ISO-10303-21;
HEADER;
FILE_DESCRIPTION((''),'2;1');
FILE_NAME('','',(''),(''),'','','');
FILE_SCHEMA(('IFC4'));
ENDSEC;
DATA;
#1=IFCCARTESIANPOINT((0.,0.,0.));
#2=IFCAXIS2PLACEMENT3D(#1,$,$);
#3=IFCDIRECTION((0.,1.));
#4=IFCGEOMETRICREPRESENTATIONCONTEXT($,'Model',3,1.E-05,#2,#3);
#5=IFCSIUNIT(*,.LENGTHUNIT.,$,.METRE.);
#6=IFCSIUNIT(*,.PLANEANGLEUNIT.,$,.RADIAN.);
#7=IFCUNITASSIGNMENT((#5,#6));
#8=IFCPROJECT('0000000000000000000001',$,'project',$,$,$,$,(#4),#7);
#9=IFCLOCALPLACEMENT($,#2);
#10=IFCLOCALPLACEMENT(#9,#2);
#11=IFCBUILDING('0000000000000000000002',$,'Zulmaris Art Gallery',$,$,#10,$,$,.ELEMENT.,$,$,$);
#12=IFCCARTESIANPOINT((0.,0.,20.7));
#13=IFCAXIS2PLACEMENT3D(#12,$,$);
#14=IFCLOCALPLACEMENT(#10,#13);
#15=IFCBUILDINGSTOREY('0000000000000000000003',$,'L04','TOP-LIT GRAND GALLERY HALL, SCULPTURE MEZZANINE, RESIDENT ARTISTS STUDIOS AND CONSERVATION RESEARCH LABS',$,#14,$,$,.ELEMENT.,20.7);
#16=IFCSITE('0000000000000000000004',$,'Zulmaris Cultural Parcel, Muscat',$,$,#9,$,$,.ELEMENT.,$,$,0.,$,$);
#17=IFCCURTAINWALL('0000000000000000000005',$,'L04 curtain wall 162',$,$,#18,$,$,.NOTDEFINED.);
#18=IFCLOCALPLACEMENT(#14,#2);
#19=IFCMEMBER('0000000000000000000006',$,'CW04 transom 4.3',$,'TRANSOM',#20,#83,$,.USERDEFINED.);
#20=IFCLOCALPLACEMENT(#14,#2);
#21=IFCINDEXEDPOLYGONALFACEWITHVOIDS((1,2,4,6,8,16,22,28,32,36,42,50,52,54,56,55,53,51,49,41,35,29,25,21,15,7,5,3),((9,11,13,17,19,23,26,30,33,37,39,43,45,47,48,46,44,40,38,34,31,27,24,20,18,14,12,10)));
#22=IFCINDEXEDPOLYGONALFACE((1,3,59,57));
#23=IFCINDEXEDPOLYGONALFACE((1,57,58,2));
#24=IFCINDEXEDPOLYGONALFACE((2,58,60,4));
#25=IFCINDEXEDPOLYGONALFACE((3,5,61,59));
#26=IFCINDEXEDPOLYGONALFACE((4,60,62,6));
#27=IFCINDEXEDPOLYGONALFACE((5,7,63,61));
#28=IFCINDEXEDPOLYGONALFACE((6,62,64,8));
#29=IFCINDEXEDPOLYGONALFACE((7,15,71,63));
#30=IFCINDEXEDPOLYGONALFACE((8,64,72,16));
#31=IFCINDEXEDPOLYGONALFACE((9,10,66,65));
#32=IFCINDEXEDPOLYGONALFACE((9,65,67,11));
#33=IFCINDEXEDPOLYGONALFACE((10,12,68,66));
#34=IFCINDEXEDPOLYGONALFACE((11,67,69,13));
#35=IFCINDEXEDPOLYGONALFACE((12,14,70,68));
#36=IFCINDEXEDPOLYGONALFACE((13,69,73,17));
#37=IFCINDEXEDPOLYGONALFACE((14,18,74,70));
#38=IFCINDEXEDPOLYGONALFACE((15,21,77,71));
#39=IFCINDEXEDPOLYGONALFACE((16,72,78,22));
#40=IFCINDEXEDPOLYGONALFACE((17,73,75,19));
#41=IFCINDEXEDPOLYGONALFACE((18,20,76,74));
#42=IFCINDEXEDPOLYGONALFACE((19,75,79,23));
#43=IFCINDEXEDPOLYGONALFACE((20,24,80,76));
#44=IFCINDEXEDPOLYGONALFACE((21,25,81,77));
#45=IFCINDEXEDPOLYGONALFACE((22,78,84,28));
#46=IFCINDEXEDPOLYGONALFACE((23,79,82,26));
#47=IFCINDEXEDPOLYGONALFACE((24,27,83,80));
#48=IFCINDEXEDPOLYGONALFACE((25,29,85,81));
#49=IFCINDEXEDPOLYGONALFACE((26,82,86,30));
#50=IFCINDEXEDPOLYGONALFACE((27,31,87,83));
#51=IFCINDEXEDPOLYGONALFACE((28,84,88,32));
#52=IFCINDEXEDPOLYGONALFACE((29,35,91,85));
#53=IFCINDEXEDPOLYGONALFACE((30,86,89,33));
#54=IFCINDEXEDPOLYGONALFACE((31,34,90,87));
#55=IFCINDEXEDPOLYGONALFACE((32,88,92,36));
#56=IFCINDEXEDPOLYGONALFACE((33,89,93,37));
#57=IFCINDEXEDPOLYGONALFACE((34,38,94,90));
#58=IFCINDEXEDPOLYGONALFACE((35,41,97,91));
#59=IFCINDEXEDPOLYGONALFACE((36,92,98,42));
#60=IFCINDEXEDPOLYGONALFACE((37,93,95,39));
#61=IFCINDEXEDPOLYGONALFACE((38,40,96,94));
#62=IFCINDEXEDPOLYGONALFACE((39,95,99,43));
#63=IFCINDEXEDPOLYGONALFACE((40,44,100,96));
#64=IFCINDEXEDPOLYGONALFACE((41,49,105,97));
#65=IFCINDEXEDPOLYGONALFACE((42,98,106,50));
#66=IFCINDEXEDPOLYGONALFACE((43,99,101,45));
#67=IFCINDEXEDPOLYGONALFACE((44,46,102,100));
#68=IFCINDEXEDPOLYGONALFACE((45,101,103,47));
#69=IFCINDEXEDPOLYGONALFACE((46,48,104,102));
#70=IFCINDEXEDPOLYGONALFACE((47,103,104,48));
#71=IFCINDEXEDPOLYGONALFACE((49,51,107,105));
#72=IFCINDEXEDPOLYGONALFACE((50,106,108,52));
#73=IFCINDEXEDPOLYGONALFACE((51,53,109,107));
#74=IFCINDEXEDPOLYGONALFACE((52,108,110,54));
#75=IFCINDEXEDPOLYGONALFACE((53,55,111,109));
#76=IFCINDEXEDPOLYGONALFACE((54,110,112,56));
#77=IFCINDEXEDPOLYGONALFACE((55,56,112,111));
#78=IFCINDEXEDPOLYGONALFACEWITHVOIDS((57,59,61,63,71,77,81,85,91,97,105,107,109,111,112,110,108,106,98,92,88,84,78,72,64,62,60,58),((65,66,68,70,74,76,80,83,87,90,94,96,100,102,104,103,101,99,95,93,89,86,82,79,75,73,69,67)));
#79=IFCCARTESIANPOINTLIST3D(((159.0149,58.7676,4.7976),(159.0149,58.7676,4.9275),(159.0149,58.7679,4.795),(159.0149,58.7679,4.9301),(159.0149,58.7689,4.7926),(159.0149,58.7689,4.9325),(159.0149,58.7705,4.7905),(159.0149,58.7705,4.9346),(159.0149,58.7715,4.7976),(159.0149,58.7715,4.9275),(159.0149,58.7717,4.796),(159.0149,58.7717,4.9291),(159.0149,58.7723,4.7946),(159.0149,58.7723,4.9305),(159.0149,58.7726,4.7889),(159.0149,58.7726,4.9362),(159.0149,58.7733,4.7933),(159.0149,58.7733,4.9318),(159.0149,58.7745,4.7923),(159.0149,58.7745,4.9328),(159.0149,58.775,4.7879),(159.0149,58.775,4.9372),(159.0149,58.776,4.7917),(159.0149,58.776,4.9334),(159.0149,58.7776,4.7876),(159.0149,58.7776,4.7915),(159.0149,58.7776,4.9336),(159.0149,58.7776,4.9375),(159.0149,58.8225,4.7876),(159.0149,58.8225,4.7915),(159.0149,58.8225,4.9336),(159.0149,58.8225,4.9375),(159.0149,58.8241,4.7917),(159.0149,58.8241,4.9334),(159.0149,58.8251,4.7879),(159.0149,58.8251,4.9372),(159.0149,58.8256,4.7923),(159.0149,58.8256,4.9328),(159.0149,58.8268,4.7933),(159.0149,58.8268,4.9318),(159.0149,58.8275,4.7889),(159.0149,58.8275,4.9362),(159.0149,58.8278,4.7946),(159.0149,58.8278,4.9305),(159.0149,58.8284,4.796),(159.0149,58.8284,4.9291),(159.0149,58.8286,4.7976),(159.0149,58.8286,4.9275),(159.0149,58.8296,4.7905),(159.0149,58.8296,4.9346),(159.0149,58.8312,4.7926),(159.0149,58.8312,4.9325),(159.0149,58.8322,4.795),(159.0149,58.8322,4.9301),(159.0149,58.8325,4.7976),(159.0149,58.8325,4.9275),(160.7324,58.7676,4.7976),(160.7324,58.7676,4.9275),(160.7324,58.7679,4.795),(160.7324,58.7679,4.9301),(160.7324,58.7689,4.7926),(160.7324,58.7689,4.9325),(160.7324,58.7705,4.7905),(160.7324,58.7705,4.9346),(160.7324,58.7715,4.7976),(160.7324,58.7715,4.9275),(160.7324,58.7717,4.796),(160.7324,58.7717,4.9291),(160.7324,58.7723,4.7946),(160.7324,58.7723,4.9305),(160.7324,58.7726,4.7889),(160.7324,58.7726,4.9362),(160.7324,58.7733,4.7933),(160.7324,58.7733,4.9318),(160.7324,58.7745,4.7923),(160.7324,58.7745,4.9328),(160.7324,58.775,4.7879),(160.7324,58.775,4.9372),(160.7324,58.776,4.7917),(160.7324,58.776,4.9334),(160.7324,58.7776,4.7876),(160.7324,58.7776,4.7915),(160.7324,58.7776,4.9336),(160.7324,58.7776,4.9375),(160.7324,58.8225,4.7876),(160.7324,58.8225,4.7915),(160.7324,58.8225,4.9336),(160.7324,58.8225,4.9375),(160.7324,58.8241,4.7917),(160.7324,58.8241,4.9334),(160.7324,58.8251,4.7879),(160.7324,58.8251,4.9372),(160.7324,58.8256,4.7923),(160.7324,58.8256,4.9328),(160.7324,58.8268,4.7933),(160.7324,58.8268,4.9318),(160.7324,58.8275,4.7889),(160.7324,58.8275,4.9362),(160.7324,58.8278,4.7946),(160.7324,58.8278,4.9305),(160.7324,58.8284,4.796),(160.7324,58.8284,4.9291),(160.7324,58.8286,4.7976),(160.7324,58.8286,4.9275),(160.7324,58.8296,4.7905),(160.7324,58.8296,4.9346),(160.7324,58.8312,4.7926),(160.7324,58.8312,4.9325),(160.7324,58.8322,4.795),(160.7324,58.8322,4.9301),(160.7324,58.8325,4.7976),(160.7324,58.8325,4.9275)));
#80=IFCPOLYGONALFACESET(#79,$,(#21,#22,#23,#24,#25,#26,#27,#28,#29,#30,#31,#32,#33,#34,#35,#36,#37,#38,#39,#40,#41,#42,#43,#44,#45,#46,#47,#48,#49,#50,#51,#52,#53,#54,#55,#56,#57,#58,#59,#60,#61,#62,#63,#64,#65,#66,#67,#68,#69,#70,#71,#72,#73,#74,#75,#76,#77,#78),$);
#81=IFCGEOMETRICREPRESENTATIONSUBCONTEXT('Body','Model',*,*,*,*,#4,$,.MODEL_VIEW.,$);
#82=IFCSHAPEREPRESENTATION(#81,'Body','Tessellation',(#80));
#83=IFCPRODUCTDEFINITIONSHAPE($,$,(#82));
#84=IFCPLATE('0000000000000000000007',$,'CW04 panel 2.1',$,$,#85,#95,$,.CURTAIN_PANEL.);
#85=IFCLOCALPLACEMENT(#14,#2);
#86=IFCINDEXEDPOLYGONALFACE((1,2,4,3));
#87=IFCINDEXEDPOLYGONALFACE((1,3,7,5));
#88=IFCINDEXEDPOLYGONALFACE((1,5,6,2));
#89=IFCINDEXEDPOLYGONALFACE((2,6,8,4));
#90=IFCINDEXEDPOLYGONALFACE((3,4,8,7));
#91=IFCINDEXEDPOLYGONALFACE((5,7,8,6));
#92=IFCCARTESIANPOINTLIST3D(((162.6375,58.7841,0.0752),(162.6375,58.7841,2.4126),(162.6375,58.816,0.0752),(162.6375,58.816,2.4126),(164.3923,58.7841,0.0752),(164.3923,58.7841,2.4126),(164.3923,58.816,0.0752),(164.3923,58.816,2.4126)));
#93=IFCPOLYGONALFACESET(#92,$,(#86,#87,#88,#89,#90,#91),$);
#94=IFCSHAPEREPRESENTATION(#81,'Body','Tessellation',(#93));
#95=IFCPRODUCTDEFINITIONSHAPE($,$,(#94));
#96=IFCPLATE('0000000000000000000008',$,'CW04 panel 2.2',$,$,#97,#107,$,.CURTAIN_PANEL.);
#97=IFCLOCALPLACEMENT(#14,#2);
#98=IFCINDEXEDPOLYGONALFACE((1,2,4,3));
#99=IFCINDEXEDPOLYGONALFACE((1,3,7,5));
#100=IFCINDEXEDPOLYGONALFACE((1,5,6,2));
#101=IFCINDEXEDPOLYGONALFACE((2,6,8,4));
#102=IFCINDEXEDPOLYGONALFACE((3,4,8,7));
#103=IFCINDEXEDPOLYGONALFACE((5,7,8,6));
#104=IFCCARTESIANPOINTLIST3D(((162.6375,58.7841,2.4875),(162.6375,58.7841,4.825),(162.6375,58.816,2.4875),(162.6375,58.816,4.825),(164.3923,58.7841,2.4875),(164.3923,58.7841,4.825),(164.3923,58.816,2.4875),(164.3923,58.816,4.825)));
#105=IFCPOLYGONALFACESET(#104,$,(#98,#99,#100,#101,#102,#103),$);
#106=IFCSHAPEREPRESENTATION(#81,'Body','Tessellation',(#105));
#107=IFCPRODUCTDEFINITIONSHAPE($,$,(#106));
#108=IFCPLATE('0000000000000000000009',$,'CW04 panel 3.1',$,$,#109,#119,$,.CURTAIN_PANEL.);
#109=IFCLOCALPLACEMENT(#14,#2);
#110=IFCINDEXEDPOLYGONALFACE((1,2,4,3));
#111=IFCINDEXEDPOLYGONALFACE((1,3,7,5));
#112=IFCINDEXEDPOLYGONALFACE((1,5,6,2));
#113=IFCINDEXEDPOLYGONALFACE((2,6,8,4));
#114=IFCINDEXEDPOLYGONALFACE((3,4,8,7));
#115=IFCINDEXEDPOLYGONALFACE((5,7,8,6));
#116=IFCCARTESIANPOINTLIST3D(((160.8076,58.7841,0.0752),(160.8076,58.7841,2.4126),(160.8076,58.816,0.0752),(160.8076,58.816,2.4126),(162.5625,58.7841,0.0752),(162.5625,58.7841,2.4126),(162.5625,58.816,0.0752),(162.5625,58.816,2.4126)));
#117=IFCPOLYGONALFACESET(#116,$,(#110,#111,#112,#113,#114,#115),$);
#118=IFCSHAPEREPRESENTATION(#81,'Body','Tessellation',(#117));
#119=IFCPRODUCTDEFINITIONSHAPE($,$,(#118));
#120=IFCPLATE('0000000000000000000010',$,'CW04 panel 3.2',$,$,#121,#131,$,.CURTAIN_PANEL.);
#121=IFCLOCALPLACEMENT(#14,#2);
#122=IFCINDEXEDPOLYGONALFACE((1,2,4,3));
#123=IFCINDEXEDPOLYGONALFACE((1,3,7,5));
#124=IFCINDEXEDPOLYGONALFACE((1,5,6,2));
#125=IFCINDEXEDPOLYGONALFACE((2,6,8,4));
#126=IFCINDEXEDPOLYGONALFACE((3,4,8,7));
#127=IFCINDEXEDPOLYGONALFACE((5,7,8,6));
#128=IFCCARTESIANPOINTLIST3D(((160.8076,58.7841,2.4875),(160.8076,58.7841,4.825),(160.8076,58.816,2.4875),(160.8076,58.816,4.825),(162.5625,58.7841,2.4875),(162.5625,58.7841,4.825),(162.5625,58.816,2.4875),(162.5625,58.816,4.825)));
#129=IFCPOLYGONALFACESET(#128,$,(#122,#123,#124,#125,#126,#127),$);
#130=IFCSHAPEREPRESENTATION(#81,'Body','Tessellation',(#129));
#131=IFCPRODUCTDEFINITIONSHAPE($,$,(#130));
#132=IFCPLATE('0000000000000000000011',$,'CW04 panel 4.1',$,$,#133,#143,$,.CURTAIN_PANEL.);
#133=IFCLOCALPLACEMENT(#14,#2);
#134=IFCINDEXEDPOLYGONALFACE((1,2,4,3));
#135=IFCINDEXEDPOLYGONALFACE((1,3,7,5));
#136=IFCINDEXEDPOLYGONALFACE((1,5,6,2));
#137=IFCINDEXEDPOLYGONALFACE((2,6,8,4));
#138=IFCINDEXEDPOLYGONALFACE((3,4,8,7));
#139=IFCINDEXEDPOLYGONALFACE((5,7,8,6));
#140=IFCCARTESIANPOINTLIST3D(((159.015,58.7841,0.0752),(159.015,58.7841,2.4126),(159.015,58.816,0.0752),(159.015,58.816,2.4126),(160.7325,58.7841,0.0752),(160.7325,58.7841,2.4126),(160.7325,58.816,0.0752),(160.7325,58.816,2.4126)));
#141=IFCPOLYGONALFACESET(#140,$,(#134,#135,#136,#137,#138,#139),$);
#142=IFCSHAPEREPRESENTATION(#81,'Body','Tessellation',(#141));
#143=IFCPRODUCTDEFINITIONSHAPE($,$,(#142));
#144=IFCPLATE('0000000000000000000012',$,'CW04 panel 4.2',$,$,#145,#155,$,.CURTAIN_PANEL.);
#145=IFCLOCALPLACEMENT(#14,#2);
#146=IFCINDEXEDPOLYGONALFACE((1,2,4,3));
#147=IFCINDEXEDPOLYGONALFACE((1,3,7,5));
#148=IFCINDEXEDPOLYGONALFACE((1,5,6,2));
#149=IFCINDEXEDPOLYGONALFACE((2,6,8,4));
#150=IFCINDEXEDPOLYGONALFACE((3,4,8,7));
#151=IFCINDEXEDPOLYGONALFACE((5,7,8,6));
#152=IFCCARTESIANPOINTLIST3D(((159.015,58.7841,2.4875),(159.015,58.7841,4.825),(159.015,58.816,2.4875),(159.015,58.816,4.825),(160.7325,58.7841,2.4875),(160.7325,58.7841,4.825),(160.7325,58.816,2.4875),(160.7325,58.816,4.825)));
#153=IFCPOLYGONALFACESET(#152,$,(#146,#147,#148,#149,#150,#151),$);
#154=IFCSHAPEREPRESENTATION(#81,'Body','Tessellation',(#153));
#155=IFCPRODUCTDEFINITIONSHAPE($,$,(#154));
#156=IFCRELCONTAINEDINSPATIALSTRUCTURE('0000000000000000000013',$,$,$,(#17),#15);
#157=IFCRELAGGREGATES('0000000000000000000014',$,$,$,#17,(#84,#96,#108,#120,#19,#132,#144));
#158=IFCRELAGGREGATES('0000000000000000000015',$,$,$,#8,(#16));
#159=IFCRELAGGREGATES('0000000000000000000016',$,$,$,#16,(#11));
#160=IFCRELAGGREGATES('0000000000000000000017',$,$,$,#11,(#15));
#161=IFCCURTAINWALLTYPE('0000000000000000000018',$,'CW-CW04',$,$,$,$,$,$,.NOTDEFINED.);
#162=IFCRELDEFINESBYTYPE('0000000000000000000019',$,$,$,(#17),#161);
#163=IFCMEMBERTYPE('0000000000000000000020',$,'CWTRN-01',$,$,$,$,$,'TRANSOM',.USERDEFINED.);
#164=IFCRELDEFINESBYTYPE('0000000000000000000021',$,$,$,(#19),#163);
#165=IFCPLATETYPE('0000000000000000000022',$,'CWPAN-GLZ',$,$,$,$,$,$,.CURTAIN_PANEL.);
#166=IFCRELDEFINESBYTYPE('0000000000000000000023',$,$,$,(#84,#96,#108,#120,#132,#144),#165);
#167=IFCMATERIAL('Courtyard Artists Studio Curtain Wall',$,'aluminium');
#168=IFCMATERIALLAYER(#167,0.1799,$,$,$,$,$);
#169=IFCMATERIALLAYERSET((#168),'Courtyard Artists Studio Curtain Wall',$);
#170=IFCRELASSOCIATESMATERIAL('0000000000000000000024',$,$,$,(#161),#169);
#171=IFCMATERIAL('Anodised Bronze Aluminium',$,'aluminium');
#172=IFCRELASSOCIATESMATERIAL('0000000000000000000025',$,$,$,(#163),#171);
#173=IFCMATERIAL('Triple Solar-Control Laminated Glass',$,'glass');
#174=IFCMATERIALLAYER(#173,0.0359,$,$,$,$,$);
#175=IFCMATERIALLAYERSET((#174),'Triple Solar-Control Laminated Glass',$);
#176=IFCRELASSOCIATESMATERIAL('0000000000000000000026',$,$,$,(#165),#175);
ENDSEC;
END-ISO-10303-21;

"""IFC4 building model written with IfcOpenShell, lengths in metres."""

from ifc_helpers import new_model, si_unit, direction, frame, origin, origin_2d, place, context, subcontext, project, spatial, rectangle, hollow_rectangle, extrude, material, layer, layer_set, material_profile, profile_set, type_object, element, aggregate, save


model = new_model("IFC4")

# Units and contexts
model_context = context("Model", 3, precision=1e-05, world=origin(), true_north=direction((0.0, 1.0)))
body_context = subcontext(model_context, "Body", "Model", "MODEL_VIEW")
ifc_project = project(units=[si_unit("LENGTHUNIT", "METRE"), si_unit("PLANEANGLEUNIT", "RADIAN")], contexts=[model_context])

# Site, building, storey
site_placement = place(None, origin())
site = spatial("IfcSite", under=ifc_project, at=site_placement, Name="Zulmaris Cultural Parcel, Muscat", CompositionType="ELEMENT", RefElevation=0.0)
building_placement = place(site_placement, origin())
building = spatial("IfcBuilding", under=site, at=building_placement, Name="Zulmaris Art Gallery", CompositionType="ELEMENT")
storey_placement = place(building_placement, frame((0.0, 0.0, 20.7)))
storey = spatial("IfcBuildingStorey", under=building, at=storey_placement, Name="L04", Description="TOP-LIT GRAND GALLERY HALL, SCULPTURE MEZZANINE, RESIDENT ARTISTS STUDIOS AND CONSERVATION RESEARCH LABS", CompositionType="ELEMENT", Elevation=20.7)

# Shared definitions
ifc_material_1 = material(Name="Courtyard Artists Studio Curtain Wall", Category="aluminium")
ifc_layer_1 = layer(ifc_material_1, 0.1799)
ifc_layer_set_1 = layer_set([ifc_layer_1], Name="Courtyard Artists Studio Curtain Wall")
curtain_wall_type = type_object("IfcCurtainWallType", Name="CW-CW04", PredefinedType="NOTDEFINED", material=ifc_layer_set_1)
ifc_material_2 = material(Name="Anodised Bronze Aluminium", Category="aluminium")

# Curtain wall, member, plates
curtain_wall_1_placement = place(storey_placement, origin())
curtain_wall_1 = element("IfcCurtainWall", 1, at=curtain_wall_1_placement, inside=storey, type_object=curtain_wall_type, Name="L04 curtain wall 162", PredefinedType="NOTDEFINED")
ifc_material_profile_1 = material_profile(ifc_material_2, hollow_rectangle(XDim=0.0649, YDim=0.1499, WallThickness=0.0039, InnerFilletRadius=0.0061, OuterFilletRadius=0.01, at=origin_2d()), Name="ALU 65x150x4")
ifc_profile_set_1 = profile_set([ifc_material_profile_1], Name="Anodised Bronze Aluminium")
member_type_1 = type_object("IfcMemberType", Name="CWTRN-01", ElementType="TRANSOM", PredefinedType="USERDEFINED", material=ifc_profile_set_1)
member_1_placement = place(storey_placement, frame((160.7324, 58.8, 4.8625), z_axis=(-1.0, 0.0, 0.0), x_axis=(0.0, -1.0, 0.0)))
member_1 = element("IfcMember", 2, at=member_1_placement, type_object=member_type_1, Name="CW04 transom 4.3", ObjectType="TRANSOM", PredefinedType="USERDEFINED", context=body_context, shape_type="SweptSolid", body=[
    extrude(hollow_rectangle(XDim=0.0649, YDim=0.1499, WallThickness=0.0039, InnerFilletRadius=0.0061, OuterFilletRadius=0.01, at=origin_2d()), origin(), (0.0, 0.0, 1.0), 1.7175),
])
ifc_material_3 = material(Name="Triple Solar-Control Laminated Glass", Category="glass")
ifc_layer_2 = layer(ifc_material_3, 0.0359)
ifc_layer_set_2 = layer_set([ifc_layer_2], Name="Triple Solar-Control Laminated Glass")
plate_type = type_object("IfcPlateType", Name="CWPAN-GLZ", PredefinedType="CURTAIN_PANEL", material=ifc_layer_set_2)
plate_1_placement = place(storey_placement, frame((163.5149, 58.8, 0.0752), z_axis=(0.0, 0.0, 1.0), x_axis=(-1.0, 0.0, 0.0)))
plate_1 = element("IfcPlate", 3, at=plate_1_placement, type_object=plate_type, Name="CW04 panel 2.1", PredefinedType="CURTAIN_PANEL", context=body_context, shape_type="SweptSolid", body=[
    extrude(rectangle(XDim=1.7549, YDim=0.032, at=origin_2d()), origin(), (0.0, 0.0, 1.0), 2.3374),
])
plate_2_placement = place(storey_placement, frame((163.5149, 58.8, 2.4875), z_axis=(0.0, 0.0, 1.0), x_axis=(-1.0, 0.0, 0.0)))
plate_2 = element("IfcPlate", 4, at=plate_2_placement, type_object=plate_type, Name="CW04 panel 2.2", PredefinedType="CURTAIN_PANEL", context=body_context, shape_type="SweptSolid", body=[
    extrude(rectangle(XDim=1.7549, YDim=0.032, at=origin_2d()), origin(), (0.0, 0.0, 1.0), 2.3374),
])
plate_3_placement = place(storey_placement, frame((161.6851, 58.8, 0.0752), z_axis=(0.0, 0.0, 1.0), x_axis=(-1.0, 0.0, 0.0)))
plate_3 = element("IfcPlate", 5, at=plate_3_placement, type_object=plate_type, Name="CW04 panel 3.1", PredefinedType="CURTAIN_PANEL", context=body_context, shape_type="SweptSolid", body=[
    extrude(rectangle(XDim=1.7549, YDim=0.032, at=origin_2d()), origin(), (0.0, 0.0, 1.0), 2.3374),
])
plate_4_placement = place(storey_placement, frame((161.6851, 58.8, 2.4875), z_axis=(0.0, 0.0, 1.0), x_axis=(-1.0, 0.0, 0.0)))
plate_4 = element("IfcPlate", 6, at=plate_4_placement, type_object=plate_type, Name="CW04 panel 3.2", PredefinedType="CURTAIN_PANEL", context=body_context, shape_type="SweptSolid", body=[
    extrude(rectangle(XDim=1.7549, YDim=0.032, at=origin_2d()), origin(), (0.0, 0.0, 1.0), 2.3374),
])
plate_5_placement = place(storey_placement, frame((159.8738, 58.8, 0.0752), z_axis=(0.0, 0.0, 1.0), x_axis=(-1.0, 0.0, 0.0)))
plate_5 = element("IfcPlate", 7, at=plate_5_placement, type_object=plate_type, Name="CW04 panel 4.1", PredefinedType="CURTAIN_PANEL", context=body_context, shape_type="SweptSolid", body=[
    extrude(rectangle(XDim=1.7175, YDim=0.032, at=origin_2d()), origin(), (0.0, 0.0, 1.0), 2.3374),
])
plate_6_placement = place(storey_placement, frame((159.8738, 58.8, 2.4875), z_axis=(0.0, 0.0, 1.0), x_axis=(-1.0, 0.0, 0.0)))
plate_6 = element("IfcPlate", 8, at=plate_6_placement, type_object=plate_type, Name="CW04 panel 4.2", PredefinedType="CURTAIN_PANEL", context=body_context, shape_type="SweptSolid", body=[
    extrude(rectangle(XDim=1.7175, YDim=0.032, at=origin_2d()), origin(), (0.0, 0.0, 1.0), 2.3374),
])
aggregate(curtain_wall_1, [plate_1, plate_2, plate_3, plate_4, member_1, plate_5, plate_6])

save(model, "model.ifc")
